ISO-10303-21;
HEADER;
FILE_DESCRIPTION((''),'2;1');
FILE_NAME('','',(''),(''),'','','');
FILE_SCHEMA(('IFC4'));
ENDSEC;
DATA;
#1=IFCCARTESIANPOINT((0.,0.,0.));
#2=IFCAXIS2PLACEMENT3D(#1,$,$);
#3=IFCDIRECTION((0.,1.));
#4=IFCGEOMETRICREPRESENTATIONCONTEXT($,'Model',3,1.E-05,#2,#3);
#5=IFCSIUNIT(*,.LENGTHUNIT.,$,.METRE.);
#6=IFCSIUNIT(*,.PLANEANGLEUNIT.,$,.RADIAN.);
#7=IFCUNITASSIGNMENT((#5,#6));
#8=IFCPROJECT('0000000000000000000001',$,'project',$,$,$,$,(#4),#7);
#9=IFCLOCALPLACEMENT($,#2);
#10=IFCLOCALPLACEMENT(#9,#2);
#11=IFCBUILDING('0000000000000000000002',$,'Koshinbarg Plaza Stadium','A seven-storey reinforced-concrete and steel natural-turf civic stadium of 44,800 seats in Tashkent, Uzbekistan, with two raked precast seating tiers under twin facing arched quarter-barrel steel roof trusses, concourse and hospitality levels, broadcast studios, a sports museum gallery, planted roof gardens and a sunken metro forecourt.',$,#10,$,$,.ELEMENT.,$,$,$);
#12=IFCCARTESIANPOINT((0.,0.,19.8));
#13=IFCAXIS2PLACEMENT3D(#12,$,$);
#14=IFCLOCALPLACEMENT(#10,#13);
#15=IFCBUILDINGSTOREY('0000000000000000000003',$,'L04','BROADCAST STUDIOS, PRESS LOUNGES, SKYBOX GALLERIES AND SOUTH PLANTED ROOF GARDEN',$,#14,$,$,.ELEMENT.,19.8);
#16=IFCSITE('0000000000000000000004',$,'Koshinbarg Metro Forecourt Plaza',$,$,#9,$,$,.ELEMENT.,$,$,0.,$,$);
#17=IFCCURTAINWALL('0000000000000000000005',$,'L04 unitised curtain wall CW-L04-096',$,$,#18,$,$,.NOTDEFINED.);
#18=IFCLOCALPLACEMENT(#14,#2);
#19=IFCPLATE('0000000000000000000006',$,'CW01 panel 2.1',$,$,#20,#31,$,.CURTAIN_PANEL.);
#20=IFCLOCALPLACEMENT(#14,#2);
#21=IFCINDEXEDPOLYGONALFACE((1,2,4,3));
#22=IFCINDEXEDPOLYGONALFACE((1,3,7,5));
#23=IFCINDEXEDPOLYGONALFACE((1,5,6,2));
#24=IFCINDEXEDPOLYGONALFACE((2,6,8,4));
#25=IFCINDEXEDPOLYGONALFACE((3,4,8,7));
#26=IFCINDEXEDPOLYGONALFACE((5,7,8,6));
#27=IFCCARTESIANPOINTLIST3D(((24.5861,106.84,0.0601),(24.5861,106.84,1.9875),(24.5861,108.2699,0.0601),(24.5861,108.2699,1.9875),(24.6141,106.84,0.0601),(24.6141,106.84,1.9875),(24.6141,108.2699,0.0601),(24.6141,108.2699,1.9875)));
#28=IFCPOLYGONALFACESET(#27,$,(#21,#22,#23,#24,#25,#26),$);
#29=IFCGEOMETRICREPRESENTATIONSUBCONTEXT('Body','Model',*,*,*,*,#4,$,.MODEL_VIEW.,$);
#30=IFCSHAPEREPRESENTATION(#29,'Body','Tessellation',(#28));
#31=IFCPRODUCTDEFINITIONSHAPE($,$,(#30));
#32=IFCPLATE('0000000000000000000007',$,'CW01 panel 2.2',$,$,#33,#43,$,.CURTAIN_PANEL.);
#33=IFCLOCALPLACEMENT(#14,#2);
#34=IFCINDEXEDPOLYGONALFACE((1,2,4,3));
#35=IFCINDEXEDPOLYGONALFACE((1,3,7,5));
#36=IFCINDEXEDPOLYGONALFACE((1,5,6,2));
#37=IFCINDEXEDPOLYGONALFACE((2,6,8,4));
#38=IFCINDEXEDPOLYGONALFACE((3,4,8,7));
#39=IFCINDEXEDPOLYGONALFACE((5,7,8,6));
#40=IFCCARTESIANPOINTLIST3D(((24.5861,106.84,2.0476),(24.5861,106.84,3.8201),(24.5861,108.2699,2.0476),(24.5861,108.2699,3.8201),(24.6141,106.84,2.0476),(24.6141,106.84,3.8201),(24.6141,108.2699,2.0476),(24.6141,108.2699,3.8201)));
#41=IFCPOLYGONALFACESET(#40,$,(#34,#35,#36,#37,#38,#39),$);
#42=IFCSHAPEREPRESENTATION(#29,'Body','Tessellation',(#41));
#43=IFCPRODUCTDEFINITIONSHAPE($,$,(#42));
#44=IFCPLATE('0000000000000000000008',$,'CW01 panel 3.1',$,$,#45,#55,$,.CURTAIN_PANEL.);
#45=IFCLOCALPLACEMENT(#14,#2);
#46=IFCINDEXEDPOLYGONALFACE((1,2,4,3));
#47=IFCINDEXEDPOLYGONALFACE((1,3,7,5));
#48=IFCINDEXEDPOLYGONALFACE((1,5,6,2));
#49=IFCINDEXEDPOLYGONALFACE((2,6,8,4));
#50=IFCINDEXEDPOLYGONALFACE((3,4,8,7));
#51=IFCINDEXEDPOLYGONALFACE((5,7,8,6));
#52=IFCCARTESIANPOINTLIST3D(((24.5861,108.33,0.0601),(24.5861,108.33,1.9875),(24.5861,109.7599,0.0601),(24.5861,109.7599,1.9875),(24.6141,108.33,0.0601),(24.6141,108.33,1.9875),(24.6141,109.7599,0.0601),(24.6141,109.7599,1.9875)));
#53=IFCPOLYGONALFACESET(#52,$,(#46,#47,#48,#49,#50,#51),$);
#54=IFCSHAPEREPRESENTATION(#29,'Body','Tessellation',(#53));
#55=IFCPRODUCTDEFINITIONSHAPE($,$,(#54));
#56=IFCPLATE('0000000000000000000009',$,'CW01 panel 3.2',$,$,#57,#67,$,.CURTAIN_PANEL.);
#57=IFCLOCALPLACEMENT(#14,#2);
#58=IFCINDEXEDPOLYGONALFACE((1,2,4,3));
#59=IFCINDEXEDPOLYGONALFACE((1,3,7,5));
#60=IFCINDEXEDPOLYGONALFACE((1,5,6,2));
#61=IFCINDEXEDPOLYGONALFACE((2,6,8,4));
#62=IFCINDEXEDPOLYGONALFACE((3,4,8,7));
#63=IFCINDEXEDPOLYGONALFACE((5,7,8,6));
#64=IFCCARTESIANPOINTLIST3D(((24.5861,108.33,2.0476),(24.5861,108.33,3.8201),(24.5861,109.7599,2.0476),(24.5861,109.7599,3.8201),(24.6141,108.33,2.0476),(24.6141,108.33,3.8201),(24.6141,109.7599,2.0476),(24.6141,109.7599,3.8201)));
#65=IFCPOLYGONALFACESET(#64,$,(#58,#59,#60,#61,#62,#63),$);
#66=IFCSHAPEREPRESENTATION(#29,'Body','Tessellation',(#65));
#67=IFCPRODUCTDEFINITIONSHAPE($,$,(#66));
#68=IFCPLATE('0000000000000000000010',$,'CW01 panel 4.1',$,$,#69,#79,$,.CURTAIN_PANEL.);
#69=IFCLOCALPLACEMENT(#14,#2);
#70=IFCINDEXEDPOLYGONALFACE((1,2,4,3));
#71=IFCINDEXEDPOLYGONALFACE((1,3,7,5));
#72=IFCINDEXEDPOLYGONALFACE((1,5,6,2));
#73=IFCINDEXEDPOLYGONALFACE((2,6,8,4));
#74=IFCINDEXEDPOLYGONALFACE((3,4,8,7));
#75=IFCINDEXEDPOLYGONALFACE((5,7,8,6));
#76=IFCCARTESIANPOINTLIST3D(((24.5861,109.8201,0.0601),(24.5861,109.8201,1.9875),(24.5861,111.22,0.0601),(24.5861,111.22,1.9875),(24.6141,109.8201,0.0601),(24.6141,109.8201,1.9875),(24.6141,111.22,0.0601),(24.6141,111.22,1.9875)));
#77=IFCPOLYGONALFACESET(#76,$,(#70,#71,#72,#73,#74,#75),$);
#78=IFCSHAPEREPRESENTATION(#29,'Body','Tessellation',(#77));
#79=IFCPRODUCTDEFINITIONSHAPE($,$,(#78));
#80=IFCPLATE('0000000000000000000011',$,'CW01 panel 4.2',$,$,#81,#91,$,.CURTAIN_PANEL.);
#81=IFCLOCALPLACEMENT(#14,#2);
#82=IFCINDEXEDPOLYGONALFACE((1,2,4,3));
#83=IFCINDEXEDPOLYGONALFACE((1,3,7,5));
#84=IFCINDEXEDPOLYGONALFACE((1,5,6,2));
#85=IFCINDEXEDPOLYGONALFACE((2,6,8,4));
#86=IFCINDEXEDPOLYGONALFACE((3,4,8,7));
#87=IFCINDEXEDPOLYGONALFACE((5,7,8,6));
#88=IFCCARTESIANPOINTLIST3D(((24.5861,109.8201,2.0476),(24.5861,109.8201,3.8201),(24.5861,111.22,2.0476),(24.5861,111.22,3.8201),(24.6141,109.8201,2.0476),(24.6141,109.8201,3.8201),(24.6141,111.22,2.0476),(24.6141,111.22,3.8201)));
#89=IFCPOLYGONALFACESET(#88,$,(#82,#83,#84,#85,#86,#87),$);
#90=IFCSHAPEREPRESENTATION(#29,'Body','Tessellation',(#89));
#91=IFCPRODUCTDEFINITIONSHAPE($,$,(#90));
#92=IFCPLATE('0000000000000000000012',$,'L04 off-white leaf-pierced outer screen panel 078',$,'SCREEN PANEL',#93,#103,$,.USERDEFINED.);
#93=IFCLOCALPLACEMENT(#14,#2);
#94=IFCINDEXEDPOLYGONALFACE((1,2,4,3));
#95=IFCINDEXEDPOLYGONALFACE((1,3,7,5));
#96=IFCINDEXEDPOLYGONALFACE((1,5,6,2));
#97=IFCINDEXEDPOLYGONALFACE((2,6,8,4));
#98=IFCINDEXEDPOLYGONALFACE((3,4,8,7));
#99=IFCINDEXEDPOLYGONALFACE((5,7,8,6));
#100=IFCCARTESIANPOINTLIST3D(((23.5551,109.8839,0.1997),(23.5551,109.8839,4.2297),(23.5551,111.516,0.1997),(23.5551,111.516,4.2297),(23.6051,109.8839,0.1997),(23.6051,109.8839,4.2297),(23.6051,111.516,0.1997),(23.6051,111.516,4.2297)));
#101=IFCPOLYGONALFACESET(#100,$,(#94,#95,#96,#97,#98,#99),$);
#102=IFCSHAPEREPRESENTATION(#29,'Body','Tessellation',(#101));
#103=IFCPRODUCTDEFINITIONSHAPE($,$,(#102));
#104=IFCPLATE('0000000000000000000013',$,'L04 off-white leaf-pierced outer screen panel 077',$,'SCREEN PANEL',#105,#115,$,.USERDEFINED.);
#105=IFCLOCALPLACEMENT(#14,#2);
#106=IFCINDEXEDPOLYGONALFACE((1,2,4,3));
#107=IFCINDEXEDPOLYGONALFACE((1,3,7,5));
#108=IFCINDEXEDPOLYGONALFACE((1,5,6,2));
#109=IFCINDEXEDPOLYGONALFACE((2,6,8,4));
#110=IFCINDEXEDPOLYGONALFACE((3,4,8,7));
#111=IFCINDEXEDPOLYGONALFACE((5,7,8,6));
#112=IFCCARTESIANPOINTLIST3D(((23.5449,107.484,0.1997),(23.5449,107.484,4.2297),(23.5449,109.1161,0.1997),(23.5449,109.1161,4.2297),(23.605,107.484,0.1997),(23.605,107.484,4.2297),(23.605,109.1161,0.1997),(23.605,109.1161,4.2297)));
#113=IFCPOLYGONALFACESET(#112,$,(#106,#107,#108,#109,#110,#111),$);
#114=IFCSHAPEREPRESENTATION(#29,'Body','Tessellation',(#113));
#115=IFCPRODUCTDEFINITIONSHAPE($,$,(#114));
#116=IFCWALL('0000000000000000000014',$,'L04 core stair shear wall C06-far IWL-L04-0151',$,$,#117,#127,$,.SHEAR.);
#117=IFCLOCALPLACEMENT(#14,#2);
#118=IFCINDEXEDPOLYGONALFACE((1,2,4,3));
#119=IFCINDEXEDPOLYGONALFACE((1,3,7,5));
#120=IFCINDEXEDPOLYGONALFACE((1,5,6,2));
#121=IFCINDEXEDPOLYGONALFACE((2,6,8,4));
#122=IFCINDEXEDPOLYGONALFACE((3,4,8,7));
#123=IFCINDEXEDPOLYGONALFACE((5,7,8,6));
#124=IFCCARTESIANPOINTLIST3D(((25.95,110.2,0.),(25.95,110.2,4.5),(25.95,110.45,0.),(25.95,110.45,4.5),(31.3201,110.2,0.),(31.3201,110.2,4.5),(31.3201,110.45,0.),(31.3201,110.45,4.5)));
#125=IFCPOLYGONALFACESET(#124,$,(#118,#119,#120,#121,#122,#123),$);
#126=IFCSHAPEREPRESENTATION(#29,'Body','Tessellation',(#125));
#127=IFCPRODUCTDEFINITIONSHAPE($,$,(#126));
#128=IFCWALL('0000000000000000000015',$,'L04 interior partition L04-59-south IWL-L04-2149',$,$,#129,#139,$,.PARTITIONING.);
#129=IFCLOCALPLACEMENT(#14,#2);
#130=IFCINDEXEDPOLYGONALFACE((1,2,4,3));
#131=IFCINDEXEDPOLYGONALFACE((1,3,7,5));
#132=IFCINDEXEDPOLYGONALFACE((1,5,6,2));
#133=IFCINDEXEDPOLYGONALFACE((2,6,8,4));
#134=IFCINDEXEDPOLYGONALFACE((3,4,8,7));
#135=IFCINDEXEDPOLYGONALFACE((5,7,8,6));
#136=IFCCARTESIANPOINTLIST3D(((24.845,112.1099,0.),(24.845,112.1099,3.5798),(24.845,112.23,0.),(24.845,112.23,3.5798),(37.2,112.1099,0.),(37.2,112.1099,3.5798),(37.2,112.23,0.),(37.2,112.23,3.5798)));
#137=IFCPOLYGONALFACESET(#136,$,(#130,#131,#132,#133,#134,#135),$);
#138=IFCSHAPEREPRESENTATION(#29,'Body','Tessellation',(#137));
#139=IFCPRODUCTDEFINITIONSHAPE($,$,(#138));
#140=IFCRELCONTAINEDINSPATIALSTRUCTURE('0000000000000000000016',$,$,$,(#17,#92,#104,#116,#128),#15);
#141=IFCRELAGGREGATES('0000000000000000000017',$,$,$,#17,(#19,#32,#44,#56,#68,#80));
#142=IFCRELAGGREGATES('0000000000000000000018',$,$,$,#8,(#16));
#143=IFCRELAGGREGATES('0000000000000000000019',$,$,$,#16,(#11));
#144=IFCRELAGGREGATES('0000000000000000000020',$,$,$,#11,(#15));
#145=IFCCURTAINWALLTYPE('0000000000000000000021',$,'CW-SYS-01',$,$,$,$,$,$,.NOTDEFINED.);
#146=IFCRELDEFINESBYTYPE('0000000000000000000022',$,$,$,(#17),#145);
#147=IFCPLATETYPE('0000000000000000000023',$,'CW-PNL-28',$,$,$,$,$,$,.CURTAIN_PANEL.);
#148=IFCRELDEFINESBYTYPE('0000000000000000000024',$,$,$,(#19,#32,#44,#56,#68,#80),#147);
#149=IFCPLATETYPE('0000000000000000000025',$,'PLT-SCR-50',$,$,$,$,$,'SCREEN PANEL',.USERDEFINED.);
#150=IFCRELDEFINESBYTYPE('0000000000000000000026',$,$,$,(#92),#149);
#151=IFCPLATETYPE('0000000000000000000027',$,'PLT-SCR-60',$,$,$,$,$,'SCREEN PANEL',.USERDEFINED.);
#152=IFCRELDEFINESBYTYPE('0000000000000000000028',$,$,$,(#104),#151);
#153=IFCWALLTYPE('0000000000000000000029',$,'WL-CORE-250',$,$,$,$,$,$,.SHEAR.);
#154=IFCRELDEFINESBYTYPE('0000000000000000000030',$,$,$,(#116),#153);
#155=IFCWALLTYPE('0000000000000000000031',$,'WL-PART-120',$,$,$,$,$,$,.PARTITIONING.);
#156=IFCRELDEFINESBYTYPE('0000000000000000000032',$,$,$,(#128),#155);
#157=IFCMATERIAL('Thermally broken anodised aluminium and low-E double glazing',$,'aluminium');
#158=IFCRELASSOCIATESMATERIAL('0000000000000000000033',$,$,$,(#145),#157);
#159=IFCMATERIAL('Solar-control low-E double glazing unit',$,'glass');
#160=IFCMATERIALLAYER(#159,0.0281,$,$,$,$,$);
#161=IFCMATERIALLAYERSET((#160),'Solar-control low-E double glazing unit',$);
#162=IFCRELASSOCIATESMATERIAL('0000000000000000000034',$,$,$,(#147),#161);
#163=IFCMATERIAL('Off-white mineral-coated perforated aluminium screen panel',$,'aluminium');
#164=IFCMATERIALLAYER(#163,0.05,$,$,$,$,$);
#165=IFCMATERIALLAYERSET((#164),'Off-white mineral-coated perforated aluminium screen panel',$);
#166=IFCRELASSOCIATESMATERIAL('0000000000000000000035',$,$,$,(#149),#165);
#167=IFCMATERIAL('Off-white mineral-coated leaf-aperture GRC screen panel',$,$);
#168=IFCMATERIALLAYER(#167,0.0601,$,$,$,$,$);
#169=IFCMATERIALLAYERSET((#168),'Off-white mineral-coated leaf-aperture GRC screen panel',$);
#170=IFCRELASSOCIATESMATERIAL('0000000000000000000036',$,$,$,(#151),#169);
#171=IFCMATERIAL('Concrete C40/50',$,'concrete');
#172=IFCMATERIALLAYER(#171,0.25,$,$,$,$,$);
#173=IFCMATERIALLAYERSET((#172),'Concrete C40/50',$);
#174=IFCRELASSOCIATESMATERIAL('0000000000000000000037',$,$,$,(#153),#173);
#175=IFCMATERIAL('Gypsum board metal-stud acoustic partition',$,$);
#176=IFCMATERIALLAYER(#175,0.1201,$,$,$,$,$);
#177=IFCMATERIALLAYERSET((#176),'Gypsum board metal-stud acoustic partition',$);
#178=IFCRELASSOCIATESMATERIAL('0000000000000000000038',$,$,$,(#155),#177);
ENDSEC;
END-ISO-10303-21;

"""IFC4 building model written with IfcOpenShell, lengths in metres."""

from ifc_helpers import new_model, si_unit, direction, frame, frame_2d, origin, origin_2d, place, context, subcontext, project, spatial, rectangle, extrude, material, layer, layer_set, type_object, element, aggregate, save


model = new_model("IFC4")

# Units and contexts
model_context = context("Model", 3, precision=1e-05, world=origin(), true_north=direction((0.0, 1.0)))
body_context = subcontext(model_context, "Body", "Model", "MODEL_VIEW")
ifc_project = project(units=[si_unit("LENGTHUNIT", "METRE"), si_unit("PLANEANGLEUNIT", "RADIAN")], contexts=[model_context])

# Site, building, storey
site_placement = place(None, origin())
site = spatial("IfcSite", under=ifc_project, at=site_placement, Name="Koshinbarg Metro Forecourt Plaza", CompositionType="ELEMENT", RefElevation=0.0)
building_placement = place(site_placement, origin())
building = spatial("IfcBuilding", under=site, at=building_placement, Name="Koshinbarg Plaza Stadium", Description="A seven-storey reinforced-concrete and steel natural-turf civic stadium of 44,800 seats in Tashkent, Uzbekistan, with two raked precast seating tiers under twin facing arched quarter-barrel steel roof trusses, concourse and hospitality levels, broadcast studios, a sports museum gallery, planted roof gardens and a sunken metro forecourt.", CompositionType="ELEMENT")
storey_placement = place(building_placement, frame((0.0, 0.0, 19.8)))
storey = spatial("IfcBuildingStorey", under=building, at=storey_placement, Name="L04", Description="BROADCAST STUDIOS, PRESS LOUNGES, SKYBOX GALLERIES AND SOUTH PLANTED ROOF GARDEN", CompositionType="ELEMENT", Elevation=19.8)

# Shared definitions
ifc_material_1 = material(Name="Concrete C40/50", Category="concrete")

# Curtain wall
ifc_material_2 = material(Name="Thermally broken anodised aluminium and low-E double glazing", Category="aluminium")
curtain_wall_type = type_object("IfcCurtainWallType", Name="CW-SYS-01", PredefinedType="NOTDEFINED", material=ifc_material_2)
curtain_wall_placement = place(storey_placement, origin())
curtain_wall = element("IfcCurtainWall", 1, at=curtain_wall_placement, inside=storey, type_object=curtain_wall_type, Name="L04 unitised curtain wall CW-L04-096", PredefinedType="NOTDEFINED")

# Plates
ifc_material_3 = material(Name="Solar-control low-E double glazing unit", Category="glass")
ifc_layer_1 = layer(ifc_material_3, 0.0281)
ifc_layer_set_1 = layer_set([ifc_layer_1], Name="Solar-control low-E double glazing unit")
plate_type_1 = type_object("IfcPlateType", Name="CW-PNL-28", PredefinedType="CURTAIN_PANEL", material=ifc_layer_set_1)
plate_1_placement = place(storey_placement, frame((24.6001, 107.5549, 0.0601), z_axis=(0.0, 0.0, 1.0), x_axis=(0.0, 1.0, 0.0)))
plate_1 = element("IfcPlate", 2, at=plate_1_placement, type_object=plate_type_1, Name="CW01 panel 2.1", PredefinedType="CURTAIN_PANEL", context=body_context, shape_type="SweptSolid", body=[
    extrude(rectangle(XDim=1.4299, YDim=0.0281, at=origin_2d()), origin(), (0.0, 0.0, 1.0), 1.9275),
])
plate_2_placement = place(storey_placement, frame((24.6001, 107.5549, 2.0476), z_axis=(0.0, 0.0, 1.0), x_axis=(0.0, 1.0, 0.0)))
plate_2 = element("IfcPlate", 3, at=plate_2_placement, type_object=plate_type_1, Name="CW01 panel 2.2", PredefinedType="CURTAIN_PANEL", context=body_context, shape_type="SweptSolid", body=[
    extrude(rectangle(XDim=1.4299, YDim=0.0281, at=origin_2d()), origin(), (0.0, 0.0, 1.0), 1.7725),
])
plate_3_placement = place(storey_placement, frame((24.6001, 109.0449, 0.0601), z_axis=(0.0, 0.0, 1.0), x_axis=(0.0, 1.0, 0.0)))
plate_3 = element("IfcPlate", 4, at=plate_3_placement, type_object=plate_type_1, Name="CW01 panel 3.1", PredefinedType="CURTAIN_PANEL", context=body_context, shape_type="SweptSolid", body=[
    extrude(rectangle(XDim=1.4299, YDim=0.0281, at=origin_2d()), origin(), (0.0, 0.0, 1.0), 1.9275),
])
plate_4_placement = place(storey_placement, frame((24.6001, 109.0449, 2.0476), z_axis=(0.0, 0.0, 1.0), x_axis=(0.0, 1.0, 0.0)))
plate_4 = element("IfcPlate", 5, at=plate_4_placement, type_object=plate_type_1, Name="CW01 panel 3.2", PredefinedType="CURTAIN_PANEL", context=body_context, shape_type="SweptSolid", body=[
    extrude(rectangle(XDim=1.4299, YDim=0.0281, at=origin_2d()), origin(), (0.0, 0.0, 1.0), 1.7725),
])
plate_5_placement = place(storey_placement, frame((24.6001, 110.52, 0.0601), z_axis=(0.0, 0.0, 1.0), x_axis=(0.0, 1.0, 0.0)))
plate_5 = element("IfcPlate", 6, at=plate_5_placement, type_object=plate_type_1, Name="CW01 panel 4.1", PredefinedType="CURTAIN_PANEL", context=body_context, shape_type="SweptSolid", body=[
    extrude(rectangle(XDim=1.3999, YDim=0.0281, at=origin_2d()), origin(), (0.0, 0.0, 1.0), 1.9275),
])
plate_6_placement = place(storey_placement, frame((24.6001, 110.52, 2.0476), z_axis=(0.0, 0.0, 1.0), x_axis=(0.0, 1.0, 0.0)))
plate_6 = element("IfcPlate", 7, at=plate_6_placement, type_object=plate_type_1, Name="CW01 panel 4.2", PredefinedType="CURTAIN_PANEL", context=body_context, shape_type="SweptSolid", body=[
    extrude(rectangle(XDim=1.3999, YDim=0.0281, at=origin_2d()), origin(), (0.0, 0.0, 1.0), 1.7725),
])
aggregate(curtain_wall, [plate_1, plate_2, plate_3, plate_4, plate_5, plate_6])

# Plates
ifc_material_4 = material(Name="Off-white mineral-coated perforated aluminium screen panel", Category="aluminium")
ifc_layer_2 = layer(ifc_material_4, 0.05)
ifc_layer_set_2 = layer_set([ifc_layer_2], Name="Off-white mineral-coated perforated aluminium screen panel")
plate_type_2 = type_object("IfcPlateType", Name="PLT-SCR-50", ElementType="SCREEN PANEL", PredefinedType="USERDEFINED", material=ifc_layer_set_2)
plate_7_placement = place(storey_placement, frame((23.5801, 110.7, 0.1997), z_axis=(0.0, 0.0, 1.0), x_axis=(1.0, 0.0, 0.0)))
element("IfcPlate", 8, at=plate_7_placement, inside=storey, type_object=plate_type_2, Name="L04 off-white leaf-pierced outer screen panel 078", ObjectType="SCREEN PANEL", PredefinedType="USERDEFINED", context=body_context, shape_type="SweptSolid", body=[
    extrude(rectangle(XDim=0.05, YDim=1.6321, at=origin_2d()), origin(), (0.0, 0.0, 1.0), 4.03),
])
ifc_material_5 = material(Name="Off-white mineral-coated leaf-aperture GRC screen panel")
ifc_layer_3 = layer(ifc_material_5, 0.0601)
ifc_layer_set_3 = layer_set([ifc_layer_3], Name="Off-white mineral-coated leaf-aperture GRC screen panel")
plate_type_3 = type_object("IfcPlateType", Name="PLT-SCR-60", ElementType="SCREEN PANEL", PredefinedType="USERDEFINED", material=ifc_layer_set_3)
plate_8_placement = place(storey_placement, frame((23.575, 108.3, 0.1997), z_axis=(0.0, 0.0, 1.0), x_axis=(1.0, 0.0, 0.0)))
element("IfcPlate", 9, at=plate_8_placement, inside=storey, type_object=plate_type_3, Name="L04 off-white leaf-pierced outer screen panel 077", ObjectType="SCREEN PANEL", PredefinedType="USERDEFINED", context=body_context, shape_type="SweptSolid", body=[
    extrude(rectangle(XDim=0.0601, YDim=1.6321, at=origin_2d()), origin(), (0.0, 0.0, 1.0), 4.03),
])

# Walls
ifc_layer_4 = layer(ifc_material_1, 0.25)
ifc_layer_set_4 = layer_set([ifc_layer_4], Name="Concrete C40/50")
wall_type_1 = type_object("IfcWallType", Name="WL-CORE-250", PredefinedType="SHEAR", material=ifc_layer_set_4)
wall_1_placement = place(storey_placement, frame((31.3201, 110.325, 0.0), z_axis=(0.0, 0.0, 1.0), x_axis=(-1.0, 0.0, 0.0)))
element("IfcWall", 10, at=wall_1_placement, inside=storey, type_object=wall_type_1, Name="L04 core stair shear wall C06-far IWL-L04-0151", PredefinedType="SHEAR", context=body_context, shape_type="SweptSolid", body=[
    extrude(rectangle(XDim=5.3701, YDim=0.25, at=frame_2d((2.6851, 0.0))), origin(), (0.0, 0.0, 1.0), 4.5),
])
ifc_material_6 = material(Name="Gypsum board metal-stud acoustic partition")
ifc_layer_5 = layer(ifc_material_6, 0.1201)
ifc_layer_set_5 = layer_set([ifc_layer_5], Name="Gypsum board metal-stud acoustic partition")
wall_type_2 = type_object("IfcWallType", Name="WL-PART-120", PredefinedType="PARTITIONING", material=ifc_layer_set_5)
wall_2_placement = place(storey_placement, frame((24.845, 112.1699, 0.0), z_axis=(0.0, 0.0, 1.0), x_axis=(1.0, 0.0, 0.0)))
element("IfcWall", 11, at=wall_2_placement, inside=storey, type_object=wall_type_2, Name="L04 interior partition L04-59-south IWL-L04-2149", PredefinedType="PARTITIONING", context=body_context, shape_type="SweptSolid", body=[
    extrude(rectangle(XDim=12.355, YDim=0.1201, at=frame_2d((6.1775, 0.0))), origin(), (0.0, 0.0, 1.0), 3.5798),
])

save(model, "model.ifc")
